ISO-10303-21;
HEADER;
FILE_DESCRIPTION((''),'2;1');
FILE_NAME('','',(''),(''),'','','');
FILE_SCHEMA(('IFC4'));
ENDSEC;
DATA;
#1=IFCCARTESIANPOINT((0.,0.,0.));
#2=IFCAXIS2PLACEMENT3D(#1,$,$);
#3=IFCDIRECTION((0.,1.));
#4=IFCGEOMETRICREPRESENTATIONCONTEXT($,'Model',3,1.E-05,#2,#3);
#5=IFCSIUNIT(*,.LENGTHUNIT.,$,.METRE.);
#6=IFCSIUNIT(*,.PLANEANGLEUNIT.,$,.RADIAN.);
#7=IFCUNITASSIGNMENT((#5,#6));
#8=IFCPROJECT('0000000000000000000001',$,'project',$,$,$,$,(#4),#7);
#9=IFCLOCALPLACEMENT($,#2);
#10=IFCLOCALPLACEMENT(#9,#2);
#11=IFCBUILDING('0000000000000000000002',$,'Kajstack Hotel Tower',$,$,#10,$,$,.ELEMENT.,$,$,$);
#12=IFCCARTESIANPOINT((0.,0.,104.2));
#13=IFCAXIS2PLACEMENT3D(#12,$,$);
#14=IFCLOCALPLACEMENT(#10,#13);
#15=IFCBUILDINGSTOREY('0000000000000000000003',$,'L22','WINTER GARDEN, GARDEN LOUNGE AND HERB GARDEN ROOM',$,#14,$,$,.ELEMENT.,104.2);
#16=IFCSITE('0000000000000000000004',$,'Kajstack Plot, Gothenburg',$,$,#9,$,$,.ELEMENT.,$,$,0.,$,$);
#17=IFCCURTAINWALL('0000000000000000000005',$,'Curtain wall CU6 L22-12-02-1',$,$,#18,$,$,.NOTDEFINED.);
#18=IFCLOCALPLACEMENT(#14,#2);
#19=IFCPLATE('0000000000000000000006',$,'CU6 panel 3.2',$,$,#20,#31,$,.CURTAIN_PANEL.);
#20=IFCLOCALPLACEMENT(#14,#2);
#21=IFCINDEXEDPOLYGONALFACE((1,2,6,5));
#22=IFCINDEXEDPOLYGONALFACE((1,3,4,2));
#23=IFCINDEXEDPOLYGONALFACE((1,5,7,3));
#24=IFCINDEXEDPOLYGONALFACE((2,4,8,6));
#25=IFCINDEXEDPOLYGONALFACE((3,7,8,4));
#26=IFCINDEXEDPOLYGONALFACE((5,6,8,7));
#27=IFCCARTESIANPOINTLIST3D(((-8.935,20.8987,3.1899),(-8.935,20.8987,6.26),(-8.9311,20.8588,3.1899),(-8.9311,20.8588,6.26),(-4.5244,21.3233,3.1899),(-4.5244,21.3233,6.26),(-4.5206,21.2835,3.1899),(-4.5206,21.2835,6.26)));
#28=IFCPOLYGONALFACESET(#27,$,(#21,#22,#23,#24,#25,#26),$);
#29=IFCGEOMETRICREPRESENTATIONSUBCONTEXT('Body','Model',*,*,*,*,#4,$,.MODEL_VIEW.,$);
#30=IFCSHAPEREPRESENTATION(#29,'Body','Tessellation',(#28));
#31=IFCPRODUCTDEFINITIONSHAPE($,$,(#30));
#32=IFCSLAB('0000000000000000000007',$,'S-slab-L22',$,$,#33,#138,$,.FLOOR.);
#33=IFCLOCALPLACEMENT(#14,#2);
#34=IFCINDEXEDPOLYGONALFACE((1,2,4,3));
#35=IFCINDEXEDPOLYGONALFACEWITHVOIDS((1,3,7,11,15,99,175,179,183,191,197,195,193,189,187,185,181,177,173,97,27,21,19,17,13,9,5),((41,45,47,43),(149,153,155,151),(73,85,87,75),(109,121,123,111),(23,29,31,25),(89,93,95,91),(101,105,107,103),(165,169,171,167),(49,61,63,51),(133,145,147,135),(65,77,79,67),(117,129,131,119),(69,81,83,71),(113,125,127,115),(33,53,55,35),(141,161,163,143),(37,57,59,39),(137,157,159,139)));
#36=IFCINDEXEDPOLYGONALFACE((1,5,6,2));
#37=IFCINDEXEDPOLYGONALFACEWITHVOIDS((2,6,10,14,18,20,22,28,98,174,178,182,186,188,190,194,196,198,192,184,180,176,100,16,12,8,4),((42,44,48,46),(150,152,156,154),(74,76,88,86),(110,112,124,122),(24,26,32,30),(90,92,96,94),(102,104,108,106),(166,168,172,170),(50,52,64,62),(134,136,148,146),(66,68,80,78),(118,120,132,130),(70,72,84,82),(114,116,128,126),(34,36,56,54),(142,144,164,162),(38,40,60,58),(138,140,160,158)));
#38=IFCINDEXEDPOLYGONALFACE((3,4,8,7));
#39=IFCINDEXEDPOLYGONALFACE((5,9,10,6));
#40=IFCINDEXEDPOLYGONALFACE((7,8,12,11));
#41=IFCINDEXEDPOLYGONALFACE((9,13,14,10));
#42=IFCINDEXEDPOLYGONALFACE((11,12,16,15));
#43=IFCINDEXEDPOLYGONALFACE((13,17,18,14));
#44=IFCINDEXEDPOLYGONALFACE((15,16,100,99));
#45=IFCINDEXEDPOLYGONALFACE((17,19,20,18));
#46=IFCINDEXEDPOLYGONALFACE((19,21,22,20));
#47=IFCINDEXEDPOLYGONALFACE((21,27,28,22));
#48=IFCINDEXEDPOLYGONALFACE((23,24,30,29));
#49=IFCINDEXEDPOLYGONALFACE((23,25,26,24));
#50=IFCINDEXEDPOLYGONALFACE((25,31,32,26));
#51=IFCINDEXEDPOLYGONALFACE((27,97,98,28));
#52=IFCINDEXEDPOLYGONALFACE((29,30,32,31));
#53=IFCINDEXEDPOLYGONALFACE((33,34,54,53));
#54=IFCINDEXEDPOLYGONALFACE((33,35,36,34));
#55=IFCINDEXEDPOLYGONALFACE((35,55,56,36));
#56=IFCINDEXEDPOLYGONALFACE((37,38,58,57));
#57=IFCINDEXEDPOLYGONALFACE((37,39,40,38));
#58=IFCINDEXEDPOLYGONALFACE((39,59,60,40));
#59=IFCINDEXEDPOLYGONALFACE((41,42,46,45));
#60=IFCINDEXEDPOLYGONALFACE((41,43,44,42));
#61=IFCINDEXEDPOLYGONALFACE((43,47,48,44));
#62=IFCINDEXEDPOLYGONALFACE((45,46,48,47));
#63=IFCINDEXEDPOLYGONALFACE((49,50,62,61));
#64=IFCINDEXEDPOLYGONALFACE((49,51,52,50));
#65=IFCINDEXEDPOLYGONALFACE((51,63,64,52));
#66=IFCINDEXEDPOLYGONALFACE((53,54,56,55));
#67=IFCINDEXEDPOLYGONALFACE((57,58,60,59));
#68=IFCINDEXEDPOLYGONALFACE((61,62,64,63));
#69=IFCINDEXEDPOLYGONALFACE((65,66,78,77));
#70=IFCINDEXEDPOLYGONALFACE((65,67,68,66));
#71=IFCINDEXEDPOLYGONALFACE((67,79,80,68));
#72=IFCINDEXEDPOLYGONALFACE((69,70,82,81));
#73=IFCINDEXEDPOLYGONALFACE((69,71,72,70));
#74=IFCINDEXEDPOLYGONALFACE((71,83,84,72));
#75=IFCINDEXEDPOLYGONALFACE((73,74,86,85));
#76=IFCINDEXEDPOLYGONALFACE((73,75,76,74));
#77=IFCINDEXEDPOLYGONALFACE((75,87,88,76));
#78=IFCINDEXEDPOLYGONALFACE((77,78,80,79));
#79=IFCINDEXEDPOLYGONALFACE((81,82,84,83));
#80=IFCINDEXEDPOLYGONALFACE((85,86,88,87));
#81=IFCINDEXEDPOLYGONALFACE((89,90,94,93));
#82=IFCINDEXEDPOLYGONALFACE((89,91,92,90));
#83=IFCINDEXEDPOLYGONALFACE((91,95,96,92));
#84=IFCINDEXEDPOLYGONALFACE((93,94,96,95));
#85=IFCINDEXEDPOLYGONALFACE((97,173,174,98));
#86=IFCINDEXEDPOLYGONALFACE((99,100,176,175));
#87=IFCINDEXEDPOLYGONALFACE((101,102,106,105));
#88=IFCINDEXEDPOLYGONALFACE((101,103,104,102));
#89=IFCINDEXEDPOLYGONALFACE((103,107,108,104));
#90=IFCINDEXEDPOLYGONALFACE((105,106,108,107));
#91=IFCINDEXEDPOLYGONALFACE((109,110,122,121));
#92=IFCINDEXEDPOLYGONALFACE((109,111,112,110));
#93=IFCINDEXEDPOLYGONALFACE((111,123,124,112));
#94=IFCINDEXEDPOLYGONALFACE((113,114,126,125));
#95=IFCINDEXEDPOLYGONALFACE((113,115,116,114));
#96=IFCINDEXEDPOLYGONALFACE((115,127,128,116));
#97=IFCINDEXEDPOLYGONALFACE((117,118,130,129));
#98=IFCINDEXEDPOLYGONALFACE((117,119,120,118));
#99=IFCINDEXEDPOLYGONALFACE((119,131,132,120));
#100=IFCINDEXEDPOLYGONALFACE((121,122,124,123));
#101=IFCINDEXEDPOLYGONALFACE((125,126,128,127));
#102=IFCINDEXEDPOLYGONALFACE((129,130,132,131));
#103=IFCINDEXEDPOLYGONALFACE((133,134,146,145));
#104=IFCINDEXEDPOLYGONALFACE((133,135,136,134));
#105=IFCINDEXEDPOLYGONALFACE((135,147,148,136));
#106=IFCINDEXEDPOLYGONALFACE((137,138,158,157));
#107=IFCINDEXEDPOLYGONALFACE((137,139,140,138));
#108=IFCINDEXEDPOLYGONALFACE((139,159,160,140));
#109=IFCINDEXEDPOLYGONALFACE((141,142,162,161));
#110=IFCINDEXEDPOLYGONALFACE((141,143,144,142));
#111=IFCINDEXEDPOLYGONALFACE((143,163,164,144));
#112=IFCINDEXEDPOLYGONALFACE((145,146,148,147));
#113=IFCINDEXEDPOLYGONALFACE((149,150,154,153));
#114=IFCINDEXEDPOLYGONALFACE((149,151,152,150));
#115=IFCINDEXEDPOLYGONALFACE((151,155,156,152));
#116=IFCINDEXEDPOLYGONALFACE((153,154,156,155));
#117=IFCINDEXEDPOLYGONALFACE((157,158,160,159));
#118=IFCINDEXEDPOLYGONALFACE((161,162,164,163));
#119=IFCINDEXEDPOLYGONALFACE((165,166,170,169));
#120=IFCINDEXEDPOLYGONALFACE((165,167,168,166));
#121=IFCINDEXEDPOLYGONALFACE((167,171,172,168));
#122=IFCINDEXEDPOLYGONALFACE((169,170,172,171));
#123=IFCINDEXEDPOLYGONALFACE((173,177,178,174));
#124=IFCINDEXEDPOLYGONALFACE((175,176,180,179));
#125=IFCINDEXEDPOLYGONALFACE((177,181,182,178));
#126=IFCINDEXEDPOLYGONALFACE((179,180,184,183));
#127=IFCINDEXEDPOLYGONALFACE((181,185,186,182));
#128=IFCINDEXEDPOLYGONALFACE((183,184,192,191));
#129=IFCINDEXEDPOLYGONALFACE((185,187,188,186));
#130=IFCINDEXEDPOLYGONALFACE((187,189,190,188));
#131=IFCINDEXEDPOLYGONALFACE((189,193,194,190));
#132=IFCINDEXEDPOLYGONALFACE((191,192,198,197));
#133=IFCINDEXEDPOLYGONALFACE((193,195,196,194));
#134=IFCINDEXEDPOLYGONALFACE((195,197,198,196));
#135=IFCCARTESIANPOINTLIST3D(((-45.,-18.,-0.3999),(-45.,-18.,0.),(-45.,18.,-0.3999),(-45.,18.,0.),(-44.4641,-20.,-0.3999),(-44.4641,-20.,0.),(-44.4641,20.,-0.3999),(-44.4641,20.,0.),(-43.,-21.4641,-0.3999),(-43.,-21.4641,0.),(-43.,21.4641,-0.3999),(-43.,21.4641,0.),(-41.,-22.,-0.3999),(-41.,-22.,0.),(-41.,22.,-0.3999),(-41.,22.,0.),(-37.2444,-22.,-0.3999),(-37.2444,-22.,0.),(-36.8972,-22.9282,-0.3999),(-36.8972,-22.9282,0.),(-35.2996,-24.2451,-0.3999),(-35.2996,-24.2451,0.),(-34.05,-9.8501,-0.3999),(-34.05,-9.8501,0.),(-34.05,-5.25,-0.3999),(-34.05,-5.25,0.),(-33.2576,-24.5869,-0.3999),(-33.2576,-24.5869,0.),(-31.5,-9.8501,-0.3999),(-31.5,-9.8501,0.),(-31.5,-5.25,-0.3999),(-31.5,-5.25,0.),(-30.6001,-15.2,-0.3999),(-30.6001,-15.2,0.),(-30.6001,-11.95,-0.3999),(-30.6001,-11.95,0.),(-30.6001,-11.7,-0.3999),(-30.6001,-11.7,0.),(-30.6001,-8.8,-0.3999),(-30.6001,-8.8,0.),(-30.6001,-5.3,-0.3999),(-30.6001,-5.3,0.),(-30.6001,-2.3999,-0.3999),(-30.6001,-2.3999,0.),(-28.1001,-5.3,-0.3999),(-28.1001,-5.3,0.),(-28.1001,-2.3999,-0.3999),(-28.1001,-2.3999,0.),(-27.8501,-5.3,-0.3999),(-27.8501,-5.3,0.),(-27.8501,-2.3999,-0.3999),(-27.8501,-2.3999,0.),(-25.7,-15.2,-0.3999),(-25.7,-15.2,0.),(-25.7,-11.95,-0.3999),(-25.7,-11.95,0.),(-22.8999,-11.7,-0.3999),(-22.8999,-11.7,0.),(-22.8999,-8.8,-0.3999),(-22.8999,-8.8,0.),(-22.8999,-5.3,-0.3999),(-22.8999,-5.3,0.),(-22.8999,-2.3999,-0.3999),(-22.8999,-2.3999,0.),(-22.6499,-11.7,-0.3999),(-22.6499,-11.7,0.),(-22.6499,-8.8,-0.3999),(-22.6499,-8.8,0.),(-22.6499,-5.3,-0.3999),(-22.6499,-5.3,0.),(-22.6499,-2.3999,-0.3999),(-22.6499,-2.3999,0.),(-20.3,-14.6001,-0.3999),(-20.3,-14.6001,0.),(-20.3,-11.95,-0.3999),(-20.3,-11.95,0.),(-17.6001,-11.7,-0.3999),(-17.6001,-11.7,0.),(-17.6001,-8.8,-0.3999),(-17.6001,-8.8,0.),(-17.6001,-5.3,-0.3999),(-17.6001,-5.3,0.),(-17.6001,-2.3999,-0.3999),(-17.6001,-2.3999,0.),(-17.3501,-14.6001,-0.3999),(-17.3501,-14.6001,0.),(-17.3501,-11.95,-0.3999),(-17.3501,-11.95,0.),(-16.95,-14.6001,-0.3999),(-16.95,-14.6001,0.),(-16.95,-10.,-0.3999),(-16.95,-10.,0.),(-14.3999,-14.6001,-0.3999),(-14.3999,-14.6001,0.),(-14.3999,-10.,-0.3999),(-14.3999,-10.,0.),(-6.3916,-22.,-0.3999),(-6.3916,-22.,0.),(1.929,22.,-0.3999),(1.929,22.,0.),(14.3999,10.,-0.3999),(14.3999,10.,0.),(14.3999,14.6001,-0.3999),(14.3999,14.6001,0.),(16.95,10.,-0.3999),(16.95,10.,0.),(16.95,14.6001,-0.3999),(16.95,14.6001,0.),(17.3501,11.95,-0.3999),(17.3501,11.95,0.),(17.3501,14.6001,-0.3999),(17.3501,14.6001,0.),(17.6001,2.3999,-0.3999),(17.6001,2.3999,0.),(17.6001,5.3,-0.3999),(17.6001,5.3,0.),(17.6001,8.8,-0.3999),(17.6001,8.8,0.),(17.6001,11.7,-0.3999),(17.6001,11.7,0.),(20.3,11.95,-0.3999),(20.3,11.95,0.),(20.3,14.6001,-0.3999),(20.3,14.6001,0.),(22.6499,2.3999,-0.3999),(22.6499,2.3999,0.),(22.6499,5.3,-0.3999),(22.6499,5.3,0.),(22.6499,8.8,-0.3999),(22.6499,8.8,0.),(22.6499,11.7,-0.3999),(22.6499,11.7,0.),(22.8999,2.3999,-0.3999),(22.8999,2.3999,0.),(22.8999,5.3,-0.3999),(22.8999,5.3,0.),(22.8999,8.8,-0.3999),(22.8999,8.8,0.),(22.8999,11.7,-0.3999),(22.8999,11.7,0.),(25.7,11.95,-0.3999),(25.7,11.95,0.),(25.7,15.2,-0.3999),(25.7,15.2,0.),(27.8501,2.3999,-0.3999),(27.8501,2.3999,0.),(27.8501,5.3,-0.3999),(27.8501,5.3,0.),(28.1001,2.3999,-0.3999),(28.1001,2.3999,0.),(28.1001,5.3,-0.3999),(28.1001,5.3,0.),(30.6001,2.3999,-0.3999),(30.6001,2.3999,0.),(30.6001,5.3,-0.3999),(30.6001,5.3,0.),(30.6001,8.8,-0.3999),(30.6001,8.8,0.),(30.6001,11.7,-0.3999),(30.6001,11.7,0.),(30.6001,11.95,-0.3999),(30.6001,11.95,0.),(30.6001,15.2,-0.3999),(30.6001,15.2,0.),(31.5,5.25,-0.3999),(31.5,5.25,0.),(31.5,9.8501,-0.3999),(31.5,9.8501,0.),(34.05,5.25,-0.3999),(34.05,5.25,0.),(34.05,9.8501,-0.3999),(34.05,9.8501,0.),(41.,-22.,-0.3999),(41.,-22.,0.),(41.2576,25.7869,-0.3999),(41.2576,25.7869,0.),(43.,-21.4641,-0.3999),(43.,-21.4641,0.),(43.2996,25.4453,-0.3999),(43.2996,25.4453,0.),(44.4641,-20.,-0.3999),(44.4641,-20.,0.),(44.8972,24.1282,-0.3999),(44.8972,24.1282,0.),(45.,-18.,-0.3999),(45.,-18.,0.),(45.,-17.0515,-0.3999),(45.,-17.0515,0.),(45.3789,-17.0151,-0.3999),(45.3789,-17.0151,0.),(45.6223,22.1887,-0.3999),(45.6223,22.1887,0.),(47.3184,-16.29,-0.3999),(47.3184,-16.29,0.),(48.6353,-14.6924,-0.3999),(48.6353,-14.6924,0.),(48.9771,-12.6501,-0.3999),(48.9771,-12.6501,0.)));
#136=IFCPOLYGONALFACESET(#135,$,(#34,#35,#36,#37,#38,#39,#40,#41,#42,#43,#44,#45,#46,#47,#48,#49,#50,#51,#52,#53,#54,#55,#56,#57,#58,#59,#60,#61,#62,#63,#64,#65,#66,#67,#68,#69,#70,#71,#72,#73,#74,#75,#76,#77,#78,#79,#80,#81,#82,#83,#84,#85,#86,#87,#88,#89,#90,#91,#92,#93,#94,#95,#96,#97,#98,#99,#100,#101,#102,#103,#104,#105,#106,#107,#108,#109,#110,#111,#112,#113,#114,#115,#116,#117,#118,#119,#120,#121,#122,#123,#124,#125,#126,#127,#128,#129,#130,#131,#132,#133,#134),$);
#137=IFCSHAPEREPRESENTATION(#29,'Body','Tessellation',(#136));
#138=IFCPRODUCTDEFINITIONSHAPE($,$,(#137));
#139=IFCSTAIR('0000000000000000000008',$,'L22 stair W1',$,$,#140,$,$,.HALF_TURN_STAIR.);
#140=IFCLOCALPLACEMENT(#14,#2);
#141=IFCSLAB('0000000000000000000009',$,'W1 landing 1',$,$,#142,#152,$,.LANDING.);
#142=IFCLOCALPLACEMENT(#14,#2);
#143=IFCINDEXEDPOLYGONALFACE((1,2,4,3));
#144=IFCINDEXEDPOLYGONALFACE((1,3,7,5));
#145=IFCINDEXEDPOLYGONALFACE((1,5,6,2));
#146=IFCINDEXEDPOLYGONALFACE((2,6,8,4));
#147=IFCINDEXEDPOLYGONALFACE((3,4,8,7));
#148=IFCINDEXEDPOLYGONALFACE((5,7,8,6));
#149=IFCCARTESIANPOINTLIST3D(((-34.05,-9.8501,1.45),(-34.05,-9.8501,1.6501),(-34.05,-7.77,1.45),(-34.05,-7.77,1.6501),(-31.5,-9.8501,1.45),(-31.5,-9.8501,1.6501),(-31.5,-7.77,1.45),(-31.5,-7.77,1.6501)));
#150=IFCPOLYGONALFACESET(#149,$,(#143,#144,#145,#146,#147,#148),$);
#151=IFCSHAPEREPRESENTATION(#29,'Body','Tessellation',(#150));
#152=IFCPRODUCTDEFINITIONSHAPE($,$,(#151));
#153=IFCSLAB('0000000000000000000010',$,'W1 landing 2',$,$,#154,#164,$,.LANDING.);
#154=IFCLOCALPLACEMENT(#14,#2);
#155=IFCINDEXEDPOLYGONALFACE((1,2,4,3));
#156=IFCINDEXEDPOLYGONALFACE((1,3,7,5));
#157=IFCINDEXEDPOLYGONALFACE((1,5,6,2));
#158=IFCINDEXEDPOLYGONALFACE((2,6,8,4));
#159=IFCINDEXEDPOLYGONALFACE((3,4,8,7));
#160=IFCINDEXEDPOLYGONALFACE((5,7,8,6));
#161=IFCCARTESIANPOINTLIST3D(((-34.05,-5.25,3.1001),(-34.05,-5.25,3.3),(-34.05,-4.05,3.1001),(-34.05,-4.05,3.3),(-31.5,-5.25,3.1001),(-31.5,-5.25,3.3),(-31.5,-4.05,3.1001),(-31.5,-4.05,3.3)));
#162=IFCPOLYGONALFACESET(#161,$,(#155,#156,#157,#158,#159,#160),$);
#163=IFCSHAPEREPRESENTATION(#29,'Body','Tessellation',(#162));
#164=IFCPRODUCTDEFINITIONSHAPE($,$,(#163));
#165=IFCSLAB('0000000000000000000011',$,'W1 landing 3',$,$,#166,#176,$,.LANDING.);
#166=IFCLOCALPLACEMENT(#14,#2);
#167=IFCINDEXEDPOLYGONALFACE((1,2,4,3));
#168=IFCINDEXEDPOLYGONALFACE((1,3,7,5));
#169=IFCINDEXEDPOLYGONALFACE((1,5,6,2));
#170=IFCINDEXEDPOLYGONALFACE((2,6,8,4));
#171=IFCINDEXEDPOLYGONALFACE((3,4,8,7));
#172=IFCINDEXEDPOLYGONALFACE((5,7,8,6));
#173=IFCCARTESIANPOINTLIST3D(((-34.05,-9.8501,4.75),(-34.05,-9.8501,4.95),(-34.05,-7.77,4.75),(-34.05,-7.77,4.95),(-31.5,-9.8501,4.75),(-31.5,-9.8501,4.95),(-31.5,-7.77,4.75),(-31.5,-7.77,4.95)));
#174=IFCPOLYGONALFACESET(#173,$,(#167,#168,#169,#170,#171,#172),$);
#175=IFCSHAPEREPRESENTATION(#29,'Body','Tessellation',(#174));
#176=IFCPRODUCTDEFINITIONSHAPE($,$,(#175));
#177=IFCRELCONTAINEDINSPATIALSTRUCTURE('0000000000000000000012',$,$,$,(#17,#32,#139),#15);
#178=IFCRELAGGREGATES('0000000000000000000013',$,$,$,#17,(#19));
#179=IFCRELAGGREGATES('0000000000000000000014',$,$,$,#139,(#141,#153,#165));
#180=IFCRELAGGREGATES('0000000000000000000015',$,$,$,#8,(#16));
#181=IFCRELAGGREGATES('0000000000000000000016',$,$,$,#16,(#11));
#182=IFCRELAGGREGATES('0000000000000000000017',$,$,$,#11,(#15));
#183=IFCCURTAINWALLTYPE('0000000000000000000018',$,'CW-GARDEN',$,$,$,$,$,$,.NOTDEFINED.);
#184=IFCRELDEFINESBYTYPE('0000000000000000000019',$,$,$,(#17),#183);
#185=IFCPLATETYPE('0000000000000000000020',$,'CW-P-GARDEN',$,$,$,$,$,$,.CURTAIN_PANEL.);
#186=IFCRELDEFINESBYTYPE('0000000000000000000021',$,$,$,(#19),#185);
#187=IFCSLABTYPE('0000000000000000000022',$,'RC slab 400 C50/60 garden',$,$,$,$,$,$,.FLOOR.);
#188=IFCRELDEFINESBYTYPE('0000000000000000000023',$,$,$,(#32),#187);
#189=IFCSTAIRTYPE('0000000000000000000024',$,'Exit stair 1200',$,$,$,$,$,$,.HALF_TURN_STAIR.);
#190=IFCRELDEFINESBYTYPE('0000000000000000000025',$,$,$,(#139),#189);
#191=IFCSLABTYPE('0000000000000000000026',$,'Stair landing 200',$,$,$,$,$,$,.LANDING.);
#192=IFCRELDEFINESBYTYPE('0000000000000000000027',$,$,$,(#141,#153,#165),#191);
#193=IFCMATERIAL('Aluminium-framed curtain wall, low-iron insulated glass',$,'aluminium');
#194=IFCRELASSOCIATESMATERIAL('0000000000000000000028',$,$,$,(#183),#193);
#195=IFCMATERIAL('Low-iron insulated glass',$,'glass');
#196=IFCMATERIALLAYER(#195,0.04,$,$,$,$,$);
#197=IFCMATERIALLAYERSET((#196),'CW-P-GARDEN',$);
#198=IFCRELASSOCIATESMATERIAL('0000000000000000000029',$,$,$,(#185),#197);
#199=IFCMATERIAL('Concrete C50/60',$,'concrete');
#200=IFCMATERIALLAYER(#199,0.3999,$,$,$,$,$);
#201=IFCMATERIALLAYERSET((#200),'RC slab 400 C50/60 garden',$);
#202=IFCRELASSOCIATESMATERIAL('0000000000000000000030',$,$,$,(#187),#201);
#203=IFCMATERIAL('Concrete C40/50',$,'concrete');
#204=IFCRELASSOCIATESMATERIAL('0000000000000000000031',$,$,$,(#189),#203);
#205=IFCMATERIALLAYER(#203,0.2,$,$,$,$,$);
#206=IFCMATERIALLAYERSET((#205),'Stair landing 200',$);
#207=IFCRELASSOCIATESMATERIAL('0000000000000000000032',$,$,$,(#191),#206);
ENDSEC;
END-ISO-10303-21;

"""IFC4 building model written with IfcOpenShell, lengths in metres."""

from ifc_helpers import new_model, si_unit, direction, frame, origin, origin_2d, place, context, subcontext, project, spatial, polyline, rectangle, outline, extrude, material, layer, layer_set, type_object, element, aggregate, save


model = new_model("IFC4")

# Units and contexts
model_context = context("Model", 3, precision=1e-05, world=origin(), true_north=direction((0.0, 1.0)))
body_context = subcontext(model_context, "Body", "Model", "MODEL_VIEW")
ifc_project = project(units=[si_unit("LENGTHUNIT", "METRE"), si_unit("PLANEANGLEUNIT", "RADIAN")], contexts=[model_context])

# Site, building, storey
site_placement = place(None, origin())
site = spatial("IfcSite", under=ifc_project, at=site_placement, Name="Kajstack Plot, Gothenburg", CompositionType="ELEMENT", RefElevation=0.0)
building_placement = place(site_placement, origin())
building = spatial("IfcBuilding", under=site, at=building_placement, Name="Kajstack Hotel Tower", CompositionType="ELEMENT")
storey_placement = place(building_placement, frame((0.0, 0.0, 104.2)))
storey = spatial("IfcBuildingStorey", under=building, at=storey_placement, Name="L22", Description="WINTER GARDEN, GARDEN LOUNGE AND HERB GARDEN ROOM", CompositionType="ELEMENT", Elevation=104.2)

# Curtain wall
ifc_material_1 = material(Name="Aluminium-framed curtain wall, low-iron insulated glass", Category="aluminium")
curtain_wall_type = type_object("IfcCurtainWallType", Name="CW-GARDEN", PredefinedType="NOTDEFINED", material=ifc_material_1)
curtain_wall_placement = place(storey_placement, origin())
curtain_wall = element("IfcCurtainWall", 1, at=curtain_wall_placement, inside=storey, type_object=curtain_wall_type, Name="Curtain wall CU6 L22-12-02-1", PredefinedType="NOTDEFINED")

# Plate
ifc_material_2 = material(Name="Low-iron insulated glass", Category="glass")
ifc_layer_1 = layer(ifc_material_2, 0.04)
ifc_layer_set_1 = layer_set([ifc_layer_1], Name="CW-P-GARDEN")
plate_type = type_object("IfcPlateType", Name="CW-P-GARDEN", PredefinedType="CURTAIN_PANEL", material=ifc_layer_set_1)
plate_1_placement = place(storey_placement, frame((-6.7278, 21.0911, 3.1899), z_axis=(0.0, 0.0, 1.0), x_axis=(-0.995396, -0.095846, 0.0)))
plate_1 = element("IfcPlate", 2, at=plate_1_placement, type_object=plate_type, Name="CU6 panel 3.2", PredefinedType="CURTAIN_PANEL", context=body_context, shape_type="SweptSolid", body=[
    extrude(rectangle(XDim=4.4309, YDim=0.04, at=origin_2d()), origin(), (0.0, 0.0, 1.0), 3.0701),
])
aggregate(curtain_wall, [plate_1])

# Slab
ifc_material_3 = material(Name="Concrete C50/60", Category="concrete")
ifc_layer_2 = layer(ifc_material_3, 0.3999)
ifc_layer_set_2 = layer_set([ifc_layer_2], Name="RC slab 400 C50/60 garden")
slab_type_1 = type_object("IfcSlabType", Name="RC slab 400 C50/60 garden", PredefinedType="FLOOR", material=ifc_layer_set_2)
slab_1_placement = place(storey_placement, frame((0.0, 0.0, -0.3999)))
element("IfcSlab", 3, at=slab_1_placement, inside=storey, type_object=slab_type_1, Name="S-slab-L22", PredefinedType="FLOOR", context=body_context, shape_type="SweptSolid", body=[
    extrude(outline(polyline([(-41.0, -22.0), (-43.0, -21.4641), (-44.4641, -20.0), (-45.0, -18.0), (-45.0, 18.0), (-44.4641, 20.0), (-43.0, 21.4641), (-41.0, 22.0), (1.929, 22.0), (41.2576, 25.7869), (43.2996, 25.4453), (44.8972, 24.1282), (45.6223, 22.1887), (48.9771, -12.6501), (48.6353, -14.6924), (47.3184, -16.29), (45.3789, -17.0151), (45.0, -17.0515), (45.0, -18.0), (44.4641, -20.0), (43.0, -21.4641), (41.0, -22.0), (-6.3916, -22.0), (-33.2576, -24.5869), (-35.2996, -24.2451), (-36.8972, -22.9282), (-37.2444, -22.0), (-41.0, -22.0)]), holes=[polyline([(-30.6001, -11.7), (-30.6001, -8.8), (-22.8999, -8.8), (-22.8999, -11.7), (-30.6001, -11.7)]), polyline([(-22.6499, -11.7), (-22.6499, -8.8), (-17.6001, -8.8), (-17.6001, -11.7), (-22.6499, -11.7)]), polyline([(-27.8501, -5.3), (-27.8501, -2.3999), (-22.8999, -2.3999), (-22.8999, -5.3), (-27.8501, -5.3)]), polyline([(-22.6499, -5.3), (-22.6499, -2.3999), (-17.6001, -2.3999), (-17.6001, -5.3), (-22.6499, -5.3)]), polyline([(-20.3, -14.6001), (-17.3501, -14.6001), (-17.3501, -11.95), (-20.3, -11.95), (-20.3, -14.6001)]), polyline([(-30.6001, -5.3), (-28.1001, -5.3), (-28.1001, -2.3999), (-30.6001, -2.3999), (-30.6001, -5.3)]), polyline([(22.8999, 8.8), (22.8999, 11.7), (30.6001, 11.7), (30.6001, 8.8), (22.8999, 8.8)]), polyline([(17.6001, 8.8), (17.6001, 11.7), (22.6499, 11.7), (22.6499, 8.8), (17.6001, 8.8)]), polyline([(22.8999, 2.3999), (22.8999, 5.3), (27.8501, 5.3), (27.8501, 2.3999), (22.8999, 2.3999)]), polyline([(17.6001, 2.3999), (17.6001, 5.3), (22.6499, 5.3), (22.6499, 2.3999), (17.6001, 2.3999)]), polyline([(20.3, 14.6001), (17.3501, 14.6001), (17.3501, 11.95), (20.3, 11.95), (20.3, 14.6001)]), polyline([(30.6001, 5.3), (28.1001, 5.3), (28.1001, 2.3999), (30.6001, 2.3999), (30.6001, 5.3)]), polyline([(-34.05, -9.8501), (-31.5, -9.8501), (-31.5, -5.25), (-34.05, -5.25), (-34.05, -9.8501)]), polyline([(-16.95, -14.6001), (-14.3999, -14.6001), (-14.3999, -10.0), (-16.95, -10.0), (-16.95, -14.6001)]), polyline([(-30.6001, -15.2), (-25.7, -15.2), (-25.7, -11.95), (-30.6001, -11.95), (-30.6001, -15.2)]), polyline([(34.05, 9.8501), (31.5, 9.8501), (31.5, 5.25), (34.05, 5.25), (34.05, 9.8501)]), polyline([(16.95, 14.6001), (14.3999, 14.6001), (14.3999, 10.0), (16.95, 10.0), (16.95, 14.6001)]), polyline([(30.6001, 15.2), (25.7, 15.2), (25.7, 11.95), (30.6001, 11.95), (30.6001, 15.2)])]), origin(), (0.0, 0.0, 1.0), 0.3999),
])

# Stair, slabs
ifc_material_4 = material(Name="Concrete C40/50", Category="concrete")
stair_type_1 = type_object("IfcStairType", Name="Exit stair 1200", PredefinedType="HALF_TURN_STAIR", material=ifc_material_4)
stair_1_placement = place(storey_placement, origin())
stair_1 = element("IfcStair", 4, at=stair_1_placement, inside=storey, type_object=stair_type_1, Name="L22 stair W1", PredefinedType="HALF_TURN_STAIR")
ifc_layer_3 = layer(ifc_material_4, 0.2)
ifc_layer_set_3 = layer_set([ifc_layer_3], Name="Stair landing 200")
slab_type_2 = type_object("IfcSlabType", Name="Stair landing 200", PredefinedType="LANDING", material=ifc_layer_set_3)
slab_2_placement = place(storey_placement, frame((0.0, 0.0, 1.45)))
slab_2 = element("IfcSlab", 5, at=slab_2_placement, type_object=slab_type_2, Name="W1 landing 1", PredefinedType="LANDING", context=body_context, shape_type="SweptSolid", body=[
    extrude(outline(polyline([(-34.05, -7.77), (-34.05, -9.8501), (-31.5, -9.8501), (-31.5, -7.77), (-34.05, -7.77)])), origin(), (0.0, 0.0, 1.0), 0.2002),
])
slab_3_placement = place(storey_placement, frame((0.0, 0.0, 3.1001)))
slab_3 = element("IfcSlab", 6, at=slab_3_placement, type_object=slab_type_2, Name="W1 landing 2", PredefinedType="LANDING", context=body_context, shape_type="SweptSolid", body=[
    extrude(outline(polyline([(-34.05, -4.05), (-34.05, -5.25), (-31.5, -5.25), (-31.5, -4.05), (-34.05, -4.05)])), origin(), (0.0, 0.0, 1.0), 0.2),
])
slab_4_placement = place(storey_placement, frame((0.0, 0.0, 4.75)))
slab_4 = element("IfcSlab", 7, at=slab_4_placement, type_object=slab_type_2, Name="W1 landing 3", PredefinedType="LANDING", context=body_context, shape_type="SweptSolid", body=[
    extrude(outline(polyline([(-34.05, -7.77), (-34.05, -9.8501), (-31.5, -9.8501), (-31.5, -7.77), (-34.05, -7.77)])), origin(), (0.0, 0.0, 1.0), 0.2),
])
aggregate(stair_1, [slab_2, slab_3, slab_4])

save(model, "model.ifc")
